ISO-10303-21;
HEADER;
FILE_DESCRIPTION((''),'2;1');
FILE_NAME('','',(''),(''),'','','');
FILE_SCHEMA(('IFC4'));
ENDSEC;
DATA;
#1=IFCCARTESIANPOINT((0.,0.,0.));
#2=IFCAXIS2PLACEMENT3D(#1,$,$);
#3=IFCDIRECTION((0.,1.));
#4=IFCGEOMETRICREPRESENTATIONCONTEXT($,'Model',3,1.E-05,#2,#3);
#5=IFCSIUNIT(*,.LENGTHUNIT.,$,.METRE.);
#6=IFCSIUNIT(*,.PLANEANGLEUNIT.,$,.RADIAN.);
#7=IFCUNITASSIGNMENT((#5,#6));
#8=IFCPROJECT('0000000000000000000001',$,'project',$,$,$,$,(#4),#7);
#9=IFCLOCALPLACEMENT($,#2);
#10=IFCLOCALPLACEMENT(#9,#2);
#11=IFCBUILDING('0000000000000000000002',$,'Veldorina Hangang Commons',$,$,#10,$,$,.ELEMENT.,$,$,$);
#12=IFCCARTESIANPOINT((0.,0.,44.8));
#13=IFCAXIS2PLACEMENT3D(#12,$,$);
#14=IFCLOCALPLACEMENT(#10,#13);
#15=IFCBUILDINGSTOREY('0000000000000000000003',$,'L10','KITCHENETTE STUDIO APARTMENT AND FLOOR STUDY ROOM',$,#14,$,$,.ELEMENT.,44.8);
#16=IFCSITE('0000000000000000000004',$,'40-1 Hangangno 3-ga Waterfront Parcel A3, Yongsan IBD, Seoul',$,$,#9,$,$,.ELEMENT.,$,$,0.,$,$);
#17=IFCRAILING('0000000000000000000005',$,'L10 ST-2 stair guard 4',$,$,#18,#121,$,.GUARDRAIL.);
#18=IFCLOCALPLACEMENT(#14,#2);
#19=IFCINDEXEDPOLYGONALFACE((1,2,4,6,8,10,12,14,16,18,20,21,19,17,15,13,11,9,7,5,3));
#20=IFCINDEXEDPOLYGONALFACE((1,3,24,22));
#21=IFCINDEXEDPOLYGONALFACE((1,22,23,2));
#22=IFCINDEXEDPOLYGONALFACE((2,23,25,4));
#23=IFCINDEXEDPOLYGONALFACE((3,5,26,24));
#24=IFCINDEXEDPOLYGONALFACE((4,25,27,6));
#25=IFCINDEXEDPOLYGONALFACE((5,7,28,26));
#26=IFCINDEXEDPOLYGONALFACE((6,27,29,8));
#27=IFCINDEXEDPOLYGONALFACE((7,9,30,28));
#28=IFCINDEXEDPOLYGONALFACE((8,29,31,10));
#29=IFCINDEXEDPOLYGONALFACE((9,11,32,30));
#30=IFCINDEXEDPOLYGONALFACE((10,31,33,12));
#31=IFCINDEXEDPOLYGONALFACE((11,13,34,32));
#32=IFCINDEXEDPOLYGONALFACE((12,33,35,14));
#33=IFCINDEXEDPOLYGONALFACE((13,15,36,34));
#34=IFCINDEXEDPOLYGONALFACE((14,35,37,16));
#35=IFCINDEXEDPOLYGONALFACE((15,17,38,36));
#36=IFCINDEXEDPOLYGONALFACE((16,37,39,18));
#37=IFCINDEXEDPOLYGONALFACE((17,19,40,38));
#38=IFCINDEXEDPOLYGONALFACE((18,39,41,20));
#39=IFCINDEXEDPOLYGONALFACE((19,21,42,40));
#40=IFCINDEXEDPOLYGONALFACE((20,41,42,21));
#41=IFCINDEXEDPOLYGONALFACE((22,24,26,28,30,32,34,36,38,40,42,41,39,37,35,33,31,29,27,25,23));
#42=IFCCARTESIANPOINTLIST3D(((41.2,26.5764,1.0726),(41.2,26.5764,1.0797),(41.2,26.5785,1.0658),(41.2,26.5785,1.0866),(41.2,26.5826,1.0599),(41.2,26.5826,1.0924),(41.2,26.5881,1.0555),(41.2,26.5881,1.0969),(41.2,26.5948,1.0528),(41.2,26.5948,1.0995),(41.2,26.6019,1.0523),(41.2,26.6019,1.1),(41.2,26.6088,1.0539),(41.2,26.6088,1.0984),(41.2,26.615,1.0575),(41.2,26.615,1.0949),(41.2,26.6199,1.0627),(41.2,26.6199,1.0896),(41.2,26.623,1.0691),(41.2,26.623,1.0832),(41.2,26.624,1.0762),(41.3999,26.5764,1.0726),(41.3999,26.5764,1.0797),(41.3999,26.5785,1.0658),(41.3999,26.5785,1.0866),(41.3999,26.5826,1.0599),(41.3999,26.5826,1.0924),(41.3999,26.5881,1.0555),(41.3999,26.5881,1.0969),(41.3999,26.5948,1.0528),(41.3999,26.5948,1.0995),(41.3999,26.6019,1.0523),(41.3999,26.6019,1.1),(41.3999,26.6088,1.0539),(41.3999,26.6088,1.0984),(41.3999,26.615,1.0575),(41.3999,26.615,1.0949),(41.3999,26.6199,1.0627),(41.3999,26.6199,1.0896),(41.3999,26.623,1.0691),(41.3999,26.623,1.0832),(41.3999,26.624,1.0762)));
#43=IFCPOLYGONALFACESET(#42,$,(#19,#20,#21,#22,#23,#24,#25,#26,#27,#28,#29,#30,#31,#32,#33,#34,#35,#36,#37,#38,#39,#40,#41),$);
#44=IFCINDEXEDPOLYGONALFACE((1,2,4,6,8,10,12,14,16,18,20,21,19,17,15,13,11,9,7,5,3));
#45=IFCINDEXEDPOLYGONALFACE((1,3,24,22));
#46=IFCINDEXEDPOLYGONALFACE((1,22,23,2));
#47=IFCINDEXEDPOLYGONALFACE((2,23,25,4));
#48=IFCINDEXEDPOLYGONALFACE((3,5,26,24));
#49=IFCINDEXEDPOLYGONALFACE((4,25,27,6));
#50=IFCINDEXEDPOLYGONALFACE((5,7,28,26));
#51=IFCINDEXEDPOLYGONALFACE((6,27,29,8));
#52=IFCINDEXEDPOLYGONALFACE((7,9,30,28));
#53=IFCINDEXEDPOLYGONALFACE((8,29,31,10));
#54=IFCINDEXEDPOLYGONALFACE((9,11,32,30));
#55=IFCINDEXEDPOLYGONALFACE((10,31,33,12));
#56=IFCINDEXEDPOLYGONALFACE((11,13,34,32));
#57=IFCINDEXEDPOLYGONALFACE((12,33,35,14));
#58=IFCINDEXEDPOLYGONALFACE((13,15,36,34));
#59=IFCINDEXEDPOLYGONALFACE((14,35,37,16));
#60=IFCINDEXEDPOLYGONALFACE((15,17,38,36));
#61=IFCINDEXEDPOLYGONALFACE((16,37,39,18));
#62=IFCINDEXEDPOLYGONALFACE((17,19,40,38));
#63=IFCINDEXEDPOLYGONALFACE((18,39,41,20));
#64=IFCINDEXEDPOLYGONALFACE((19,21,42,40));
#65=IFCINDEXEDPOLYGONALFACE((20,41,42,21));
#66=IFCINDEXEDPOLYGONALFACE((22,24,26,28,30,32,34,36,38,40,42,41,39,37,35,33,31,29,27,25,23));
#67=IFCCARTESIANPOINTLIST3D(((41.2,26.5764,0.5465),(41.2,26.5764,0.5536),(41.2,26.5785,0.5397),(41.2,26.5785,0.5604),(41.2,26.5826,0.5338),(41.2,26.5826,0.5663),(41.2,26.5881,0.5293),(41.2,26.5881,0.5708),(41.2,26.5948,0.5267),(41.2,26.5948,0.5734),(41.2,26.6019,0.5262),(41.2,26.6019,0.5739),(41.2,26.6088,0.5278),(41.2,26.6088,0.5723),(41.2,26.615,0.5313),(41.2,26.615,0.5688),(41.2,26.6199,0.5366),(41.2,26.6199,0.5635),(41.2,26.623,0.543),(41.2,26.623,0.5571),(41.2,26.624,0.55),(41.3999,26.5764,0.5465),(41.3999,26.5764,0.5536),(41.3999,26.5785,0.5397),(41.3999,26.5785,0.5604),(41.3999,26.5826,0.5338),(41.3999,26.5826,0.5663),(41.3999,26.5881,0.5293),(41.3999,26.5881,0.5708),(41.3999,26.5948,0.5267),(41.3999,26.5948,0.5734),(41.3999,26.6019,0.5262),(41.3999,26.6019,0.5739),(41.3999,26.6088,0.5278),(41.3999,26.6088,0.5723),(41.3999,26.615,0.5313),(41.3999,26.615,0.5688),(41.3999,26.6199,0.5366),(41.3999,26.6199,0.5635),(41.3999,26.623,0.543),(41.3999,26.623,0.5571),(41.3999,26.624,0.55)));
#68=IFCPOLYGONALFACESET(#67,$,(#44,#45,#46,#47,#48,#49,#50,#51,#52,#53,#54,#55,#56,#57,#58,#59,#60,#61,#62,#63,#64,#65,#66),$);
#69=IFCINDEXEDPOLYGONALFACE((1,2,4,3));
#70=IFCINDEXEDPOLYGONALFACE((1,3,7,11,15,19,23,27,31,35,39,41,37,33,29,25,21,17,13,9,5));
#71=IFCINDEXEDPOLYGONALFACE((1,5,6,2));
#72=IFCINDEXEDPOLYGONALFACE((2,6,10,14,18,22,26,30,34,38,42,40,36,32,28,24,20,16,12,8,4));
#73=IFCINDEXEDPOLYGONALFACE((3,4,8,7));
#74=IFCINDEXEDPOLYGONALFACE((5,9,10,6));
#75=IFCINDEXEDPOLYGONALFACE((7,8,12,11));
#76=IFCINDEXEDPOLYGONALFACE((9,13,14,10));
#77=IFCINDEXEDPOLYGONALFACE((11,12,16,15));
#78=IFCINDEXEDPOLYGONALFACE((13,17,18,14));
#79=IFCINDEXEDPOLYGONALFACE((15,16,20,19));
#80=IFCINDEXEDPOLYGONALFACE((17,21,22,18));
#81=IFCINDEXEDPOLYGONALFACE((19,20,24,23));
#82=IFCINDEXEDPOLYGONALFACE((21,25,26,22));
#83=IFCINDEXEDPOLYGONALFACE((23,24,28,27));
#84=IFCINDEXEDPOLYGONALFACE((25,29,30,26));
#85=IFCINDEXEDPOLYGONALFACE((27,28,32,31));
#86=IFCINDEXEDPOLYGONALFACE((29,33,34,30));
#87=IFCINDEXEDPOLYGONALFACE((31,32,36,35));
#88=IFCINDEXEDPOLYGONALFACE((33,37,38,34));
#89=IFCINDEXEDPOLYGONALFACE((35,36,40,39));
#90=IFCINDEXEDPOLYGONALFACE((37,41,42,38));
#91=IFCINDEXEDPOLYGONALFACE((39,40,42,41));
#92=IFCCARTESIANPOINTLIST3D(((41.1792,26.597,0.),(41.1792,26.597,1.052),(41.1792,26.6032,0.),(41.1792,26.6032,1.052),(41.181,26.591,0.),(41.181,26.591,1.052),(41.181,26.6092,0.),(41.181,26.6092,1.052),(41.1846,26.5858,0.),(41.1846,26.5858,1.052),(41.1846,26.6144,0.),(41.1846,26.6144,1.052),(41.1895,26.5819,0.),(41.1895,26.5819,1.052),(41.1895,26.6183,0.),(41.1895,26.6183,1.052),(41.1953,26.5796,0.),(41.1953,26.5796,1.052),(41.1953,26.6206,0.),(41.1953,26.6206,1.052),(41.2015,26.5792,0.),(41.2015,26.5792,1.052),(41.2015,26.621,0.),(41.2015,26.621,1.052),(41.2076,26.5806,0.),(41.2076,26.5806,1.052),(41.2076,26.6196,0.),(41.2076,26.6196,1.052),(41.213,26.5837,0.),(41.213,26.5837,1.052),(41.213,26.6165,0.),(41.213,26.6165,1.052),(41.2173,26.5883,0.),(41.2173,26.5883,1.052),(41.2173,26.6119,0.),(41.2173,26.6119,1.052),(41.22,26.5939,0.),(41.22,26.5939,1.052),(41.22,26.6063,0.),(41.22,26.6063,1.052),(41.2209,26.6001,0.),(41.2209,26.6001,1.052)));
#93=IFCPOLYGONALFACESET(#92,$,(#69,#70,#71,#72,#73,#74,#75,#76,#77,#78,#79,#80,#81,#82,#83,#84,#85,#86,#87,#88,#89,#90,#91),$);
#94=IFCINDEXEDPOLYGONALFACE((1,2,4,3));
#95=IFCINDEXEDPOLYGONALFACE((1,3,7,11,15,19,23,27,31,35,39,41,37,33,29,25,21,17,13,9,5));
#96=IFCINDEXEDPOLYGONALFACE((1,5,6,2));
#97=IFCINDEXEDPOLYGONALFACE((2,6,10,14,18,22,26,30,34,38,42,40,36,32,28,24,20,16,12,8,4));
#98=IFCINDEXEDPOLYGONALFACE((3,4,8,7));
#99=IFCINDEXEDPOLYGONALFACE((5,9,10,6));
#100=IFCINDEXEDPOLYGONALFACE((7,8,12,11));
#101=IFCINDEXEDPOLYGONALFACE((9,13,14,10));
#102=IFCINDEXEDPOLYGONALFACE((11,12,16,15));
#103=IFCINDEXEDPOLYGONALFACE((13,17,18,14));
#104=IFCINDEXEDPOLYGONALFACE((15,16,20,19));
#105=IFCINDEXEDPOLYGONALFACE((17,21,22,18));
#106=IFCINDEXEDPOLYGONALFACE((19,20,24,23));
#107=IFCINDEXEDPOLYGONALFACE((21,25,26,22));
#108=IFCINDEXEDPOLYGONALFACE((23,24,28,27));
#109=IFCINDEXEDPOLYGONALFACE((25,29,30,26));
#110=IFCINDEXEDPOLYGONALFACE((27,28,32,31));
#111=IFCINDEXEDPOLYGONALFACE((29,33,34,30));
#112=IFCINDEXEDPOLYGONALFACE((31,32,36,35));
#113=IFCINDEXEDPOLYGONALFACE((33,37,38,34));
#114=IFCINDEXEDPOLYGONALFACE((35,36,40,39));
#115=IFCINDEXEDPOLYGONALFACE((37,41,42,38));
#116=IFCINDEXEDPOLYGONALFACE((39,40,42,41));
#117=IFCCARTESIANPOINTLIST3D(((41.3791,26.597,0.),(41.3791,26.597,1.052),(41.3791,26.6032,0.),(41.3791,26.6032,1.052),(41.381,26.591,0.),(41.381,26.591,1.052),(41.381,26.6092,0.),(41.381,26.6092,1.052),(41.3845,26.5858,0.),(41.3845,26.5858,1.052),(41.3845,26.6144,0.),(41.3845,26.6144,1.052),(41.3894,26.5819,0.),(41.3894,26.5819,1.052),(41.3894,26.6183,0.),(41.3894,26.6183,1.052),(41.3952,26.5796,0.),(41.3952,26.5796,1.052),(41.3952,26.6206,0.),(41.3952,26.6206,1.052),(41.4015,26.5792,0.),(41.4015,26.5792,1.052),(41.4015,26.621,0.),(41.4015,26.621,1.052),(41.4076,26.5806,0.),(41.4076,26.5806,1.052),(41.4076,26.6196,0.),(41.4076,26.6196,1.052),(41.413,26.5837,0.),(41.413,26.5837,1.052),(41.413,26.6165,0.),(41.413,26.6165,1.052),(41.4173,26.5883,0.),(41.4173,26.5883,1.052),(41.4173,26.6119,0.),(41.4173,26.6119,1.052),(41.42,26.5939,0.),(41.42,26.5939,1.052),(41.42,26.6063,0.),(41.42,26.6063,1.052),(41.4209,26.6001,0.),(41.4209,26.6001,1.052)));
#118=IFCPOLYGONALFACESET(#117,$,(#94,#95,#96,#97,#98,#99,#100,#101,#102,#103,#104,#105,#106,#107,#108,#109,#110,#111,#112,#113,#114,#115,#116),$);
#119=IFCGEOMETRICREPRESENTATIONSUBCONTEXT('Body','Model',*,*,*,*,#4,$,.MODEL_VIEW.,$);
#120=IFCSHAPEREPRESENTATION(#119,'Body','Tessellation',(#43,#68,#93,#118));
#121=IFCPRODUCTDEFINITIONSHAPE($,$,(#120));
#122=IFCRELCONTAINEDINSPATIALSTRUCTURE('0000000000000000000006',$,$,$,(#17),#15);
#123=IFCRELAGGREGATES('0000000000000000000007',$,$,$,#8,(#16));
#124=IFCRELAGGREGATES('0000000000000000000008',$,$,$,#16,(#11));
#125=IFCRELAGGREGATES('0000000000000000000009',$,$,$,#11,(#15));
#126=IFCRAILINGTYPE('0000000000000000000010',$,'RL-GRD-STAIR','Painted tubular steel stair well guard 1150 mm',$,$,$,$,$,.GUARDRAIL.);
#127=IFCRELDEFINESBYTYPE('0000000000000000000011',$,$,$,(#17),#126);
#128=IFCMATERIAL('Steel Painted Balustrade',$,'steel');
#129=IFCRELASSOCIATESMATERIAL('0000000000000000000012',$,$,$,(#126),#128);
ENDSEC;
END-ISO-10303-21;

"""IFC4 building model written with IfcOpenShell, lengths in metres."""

from ifc_helpers import new_model, si_unit, direction, frame, origin, origin_2d, place, context, subcontext, project, spatial, circle, extrude, material, type_object, element, save


model = new_model("IFC4")

# Units and contexts
model_context = context("Model", 3, precision=1e-05, world=origin(), true_north=direction((0.0, 1.0)))
body_context = subcontext(model_context, "Body", "Model", "MODEL_VIEW")
ifc_project = project(units=[si_unit("LENGTHUNIT", "METRE"), si_unit("PLANEANGLEUNIT", "RADIAN")], contexts=[model_context])

# Site, building, storey
site_placement = place(None, origin())
site = spatial("IfcSite", under=ifc_project, at=site_placement, Name="40-1 Hangangno 3-ga Waterfront Parcel A3, Yongsan IBD, Seoul", CompositionType="ELEMENT", RefElevation=0.0)
building_placement = place(site_placement, origin())
building = spatial("IfcBuilding", under=site, at=building_placement, Name="Veldorina Hangang Commons", CompositionType="ELEMENT")
storey_placement = place(building_placement, frame((0.0, 0.0, 44.8)))
storey = spatial("IfcBuildingStorey", under=building, at=storey_placement, Name="L10", Description="KITCHENETTE STUDIO APARTMENT AND FLOOR STUDY ROOM", CompositionType="ELEMENT", Elevation=44.8)

# Railing
ifc_material_1 = material(Name="Steel Painted Balustrade", Category="steel")
railing_type_1 = type_object("IfcRailingType", Name="RL-GRD-STAIR", Description="Painted tubular steel stair well guard 1150 mm", PredefinedType="GUARDRAIL", material=ifc_material_1)
railing_1_placement = place(storey_placement, frame((41.2, 26.6001, 0.0)))
element("IfcRailing", 1, at=railing_1_placement, inside=storey, type_object=railing_type_1, Name="L10 ST-2 stair guard 4", PredefinedType="GUARDRAIL", context=body_context, shape_type="SweptSolid", body=[
    extrude(circle(Radius=0.0239, at=origin_2d()), frame((0.0, 0.0, 1.0762), z_axis=(1.0, 0.0, 0.0), x_axis=(0.0, 1.0, 0.0)), (0.0, 0.0, 1.0), 0.2),
    extrude(circle(Radius=0.0239, at=origin_2d()), frame((0.0, 0.0, 0.55), z_axis=(1.0, 0.0, 0.0), x_axis=(0.0, 1.0, 0.0)), (0.0, 0.0, 1.0), 0.2),
    extrude(circle(Radius=0.021, at=origin_2d()), origin(), (0.0, 0.0, 1.0), 1.052),
    extrude(circle(Radius=0.021, at=origin_2d()), frame((0.2, 0.0, 0.0)), (0.0, 0.0, 1.0), 1.052),
])

save(model, "model.ifc")
